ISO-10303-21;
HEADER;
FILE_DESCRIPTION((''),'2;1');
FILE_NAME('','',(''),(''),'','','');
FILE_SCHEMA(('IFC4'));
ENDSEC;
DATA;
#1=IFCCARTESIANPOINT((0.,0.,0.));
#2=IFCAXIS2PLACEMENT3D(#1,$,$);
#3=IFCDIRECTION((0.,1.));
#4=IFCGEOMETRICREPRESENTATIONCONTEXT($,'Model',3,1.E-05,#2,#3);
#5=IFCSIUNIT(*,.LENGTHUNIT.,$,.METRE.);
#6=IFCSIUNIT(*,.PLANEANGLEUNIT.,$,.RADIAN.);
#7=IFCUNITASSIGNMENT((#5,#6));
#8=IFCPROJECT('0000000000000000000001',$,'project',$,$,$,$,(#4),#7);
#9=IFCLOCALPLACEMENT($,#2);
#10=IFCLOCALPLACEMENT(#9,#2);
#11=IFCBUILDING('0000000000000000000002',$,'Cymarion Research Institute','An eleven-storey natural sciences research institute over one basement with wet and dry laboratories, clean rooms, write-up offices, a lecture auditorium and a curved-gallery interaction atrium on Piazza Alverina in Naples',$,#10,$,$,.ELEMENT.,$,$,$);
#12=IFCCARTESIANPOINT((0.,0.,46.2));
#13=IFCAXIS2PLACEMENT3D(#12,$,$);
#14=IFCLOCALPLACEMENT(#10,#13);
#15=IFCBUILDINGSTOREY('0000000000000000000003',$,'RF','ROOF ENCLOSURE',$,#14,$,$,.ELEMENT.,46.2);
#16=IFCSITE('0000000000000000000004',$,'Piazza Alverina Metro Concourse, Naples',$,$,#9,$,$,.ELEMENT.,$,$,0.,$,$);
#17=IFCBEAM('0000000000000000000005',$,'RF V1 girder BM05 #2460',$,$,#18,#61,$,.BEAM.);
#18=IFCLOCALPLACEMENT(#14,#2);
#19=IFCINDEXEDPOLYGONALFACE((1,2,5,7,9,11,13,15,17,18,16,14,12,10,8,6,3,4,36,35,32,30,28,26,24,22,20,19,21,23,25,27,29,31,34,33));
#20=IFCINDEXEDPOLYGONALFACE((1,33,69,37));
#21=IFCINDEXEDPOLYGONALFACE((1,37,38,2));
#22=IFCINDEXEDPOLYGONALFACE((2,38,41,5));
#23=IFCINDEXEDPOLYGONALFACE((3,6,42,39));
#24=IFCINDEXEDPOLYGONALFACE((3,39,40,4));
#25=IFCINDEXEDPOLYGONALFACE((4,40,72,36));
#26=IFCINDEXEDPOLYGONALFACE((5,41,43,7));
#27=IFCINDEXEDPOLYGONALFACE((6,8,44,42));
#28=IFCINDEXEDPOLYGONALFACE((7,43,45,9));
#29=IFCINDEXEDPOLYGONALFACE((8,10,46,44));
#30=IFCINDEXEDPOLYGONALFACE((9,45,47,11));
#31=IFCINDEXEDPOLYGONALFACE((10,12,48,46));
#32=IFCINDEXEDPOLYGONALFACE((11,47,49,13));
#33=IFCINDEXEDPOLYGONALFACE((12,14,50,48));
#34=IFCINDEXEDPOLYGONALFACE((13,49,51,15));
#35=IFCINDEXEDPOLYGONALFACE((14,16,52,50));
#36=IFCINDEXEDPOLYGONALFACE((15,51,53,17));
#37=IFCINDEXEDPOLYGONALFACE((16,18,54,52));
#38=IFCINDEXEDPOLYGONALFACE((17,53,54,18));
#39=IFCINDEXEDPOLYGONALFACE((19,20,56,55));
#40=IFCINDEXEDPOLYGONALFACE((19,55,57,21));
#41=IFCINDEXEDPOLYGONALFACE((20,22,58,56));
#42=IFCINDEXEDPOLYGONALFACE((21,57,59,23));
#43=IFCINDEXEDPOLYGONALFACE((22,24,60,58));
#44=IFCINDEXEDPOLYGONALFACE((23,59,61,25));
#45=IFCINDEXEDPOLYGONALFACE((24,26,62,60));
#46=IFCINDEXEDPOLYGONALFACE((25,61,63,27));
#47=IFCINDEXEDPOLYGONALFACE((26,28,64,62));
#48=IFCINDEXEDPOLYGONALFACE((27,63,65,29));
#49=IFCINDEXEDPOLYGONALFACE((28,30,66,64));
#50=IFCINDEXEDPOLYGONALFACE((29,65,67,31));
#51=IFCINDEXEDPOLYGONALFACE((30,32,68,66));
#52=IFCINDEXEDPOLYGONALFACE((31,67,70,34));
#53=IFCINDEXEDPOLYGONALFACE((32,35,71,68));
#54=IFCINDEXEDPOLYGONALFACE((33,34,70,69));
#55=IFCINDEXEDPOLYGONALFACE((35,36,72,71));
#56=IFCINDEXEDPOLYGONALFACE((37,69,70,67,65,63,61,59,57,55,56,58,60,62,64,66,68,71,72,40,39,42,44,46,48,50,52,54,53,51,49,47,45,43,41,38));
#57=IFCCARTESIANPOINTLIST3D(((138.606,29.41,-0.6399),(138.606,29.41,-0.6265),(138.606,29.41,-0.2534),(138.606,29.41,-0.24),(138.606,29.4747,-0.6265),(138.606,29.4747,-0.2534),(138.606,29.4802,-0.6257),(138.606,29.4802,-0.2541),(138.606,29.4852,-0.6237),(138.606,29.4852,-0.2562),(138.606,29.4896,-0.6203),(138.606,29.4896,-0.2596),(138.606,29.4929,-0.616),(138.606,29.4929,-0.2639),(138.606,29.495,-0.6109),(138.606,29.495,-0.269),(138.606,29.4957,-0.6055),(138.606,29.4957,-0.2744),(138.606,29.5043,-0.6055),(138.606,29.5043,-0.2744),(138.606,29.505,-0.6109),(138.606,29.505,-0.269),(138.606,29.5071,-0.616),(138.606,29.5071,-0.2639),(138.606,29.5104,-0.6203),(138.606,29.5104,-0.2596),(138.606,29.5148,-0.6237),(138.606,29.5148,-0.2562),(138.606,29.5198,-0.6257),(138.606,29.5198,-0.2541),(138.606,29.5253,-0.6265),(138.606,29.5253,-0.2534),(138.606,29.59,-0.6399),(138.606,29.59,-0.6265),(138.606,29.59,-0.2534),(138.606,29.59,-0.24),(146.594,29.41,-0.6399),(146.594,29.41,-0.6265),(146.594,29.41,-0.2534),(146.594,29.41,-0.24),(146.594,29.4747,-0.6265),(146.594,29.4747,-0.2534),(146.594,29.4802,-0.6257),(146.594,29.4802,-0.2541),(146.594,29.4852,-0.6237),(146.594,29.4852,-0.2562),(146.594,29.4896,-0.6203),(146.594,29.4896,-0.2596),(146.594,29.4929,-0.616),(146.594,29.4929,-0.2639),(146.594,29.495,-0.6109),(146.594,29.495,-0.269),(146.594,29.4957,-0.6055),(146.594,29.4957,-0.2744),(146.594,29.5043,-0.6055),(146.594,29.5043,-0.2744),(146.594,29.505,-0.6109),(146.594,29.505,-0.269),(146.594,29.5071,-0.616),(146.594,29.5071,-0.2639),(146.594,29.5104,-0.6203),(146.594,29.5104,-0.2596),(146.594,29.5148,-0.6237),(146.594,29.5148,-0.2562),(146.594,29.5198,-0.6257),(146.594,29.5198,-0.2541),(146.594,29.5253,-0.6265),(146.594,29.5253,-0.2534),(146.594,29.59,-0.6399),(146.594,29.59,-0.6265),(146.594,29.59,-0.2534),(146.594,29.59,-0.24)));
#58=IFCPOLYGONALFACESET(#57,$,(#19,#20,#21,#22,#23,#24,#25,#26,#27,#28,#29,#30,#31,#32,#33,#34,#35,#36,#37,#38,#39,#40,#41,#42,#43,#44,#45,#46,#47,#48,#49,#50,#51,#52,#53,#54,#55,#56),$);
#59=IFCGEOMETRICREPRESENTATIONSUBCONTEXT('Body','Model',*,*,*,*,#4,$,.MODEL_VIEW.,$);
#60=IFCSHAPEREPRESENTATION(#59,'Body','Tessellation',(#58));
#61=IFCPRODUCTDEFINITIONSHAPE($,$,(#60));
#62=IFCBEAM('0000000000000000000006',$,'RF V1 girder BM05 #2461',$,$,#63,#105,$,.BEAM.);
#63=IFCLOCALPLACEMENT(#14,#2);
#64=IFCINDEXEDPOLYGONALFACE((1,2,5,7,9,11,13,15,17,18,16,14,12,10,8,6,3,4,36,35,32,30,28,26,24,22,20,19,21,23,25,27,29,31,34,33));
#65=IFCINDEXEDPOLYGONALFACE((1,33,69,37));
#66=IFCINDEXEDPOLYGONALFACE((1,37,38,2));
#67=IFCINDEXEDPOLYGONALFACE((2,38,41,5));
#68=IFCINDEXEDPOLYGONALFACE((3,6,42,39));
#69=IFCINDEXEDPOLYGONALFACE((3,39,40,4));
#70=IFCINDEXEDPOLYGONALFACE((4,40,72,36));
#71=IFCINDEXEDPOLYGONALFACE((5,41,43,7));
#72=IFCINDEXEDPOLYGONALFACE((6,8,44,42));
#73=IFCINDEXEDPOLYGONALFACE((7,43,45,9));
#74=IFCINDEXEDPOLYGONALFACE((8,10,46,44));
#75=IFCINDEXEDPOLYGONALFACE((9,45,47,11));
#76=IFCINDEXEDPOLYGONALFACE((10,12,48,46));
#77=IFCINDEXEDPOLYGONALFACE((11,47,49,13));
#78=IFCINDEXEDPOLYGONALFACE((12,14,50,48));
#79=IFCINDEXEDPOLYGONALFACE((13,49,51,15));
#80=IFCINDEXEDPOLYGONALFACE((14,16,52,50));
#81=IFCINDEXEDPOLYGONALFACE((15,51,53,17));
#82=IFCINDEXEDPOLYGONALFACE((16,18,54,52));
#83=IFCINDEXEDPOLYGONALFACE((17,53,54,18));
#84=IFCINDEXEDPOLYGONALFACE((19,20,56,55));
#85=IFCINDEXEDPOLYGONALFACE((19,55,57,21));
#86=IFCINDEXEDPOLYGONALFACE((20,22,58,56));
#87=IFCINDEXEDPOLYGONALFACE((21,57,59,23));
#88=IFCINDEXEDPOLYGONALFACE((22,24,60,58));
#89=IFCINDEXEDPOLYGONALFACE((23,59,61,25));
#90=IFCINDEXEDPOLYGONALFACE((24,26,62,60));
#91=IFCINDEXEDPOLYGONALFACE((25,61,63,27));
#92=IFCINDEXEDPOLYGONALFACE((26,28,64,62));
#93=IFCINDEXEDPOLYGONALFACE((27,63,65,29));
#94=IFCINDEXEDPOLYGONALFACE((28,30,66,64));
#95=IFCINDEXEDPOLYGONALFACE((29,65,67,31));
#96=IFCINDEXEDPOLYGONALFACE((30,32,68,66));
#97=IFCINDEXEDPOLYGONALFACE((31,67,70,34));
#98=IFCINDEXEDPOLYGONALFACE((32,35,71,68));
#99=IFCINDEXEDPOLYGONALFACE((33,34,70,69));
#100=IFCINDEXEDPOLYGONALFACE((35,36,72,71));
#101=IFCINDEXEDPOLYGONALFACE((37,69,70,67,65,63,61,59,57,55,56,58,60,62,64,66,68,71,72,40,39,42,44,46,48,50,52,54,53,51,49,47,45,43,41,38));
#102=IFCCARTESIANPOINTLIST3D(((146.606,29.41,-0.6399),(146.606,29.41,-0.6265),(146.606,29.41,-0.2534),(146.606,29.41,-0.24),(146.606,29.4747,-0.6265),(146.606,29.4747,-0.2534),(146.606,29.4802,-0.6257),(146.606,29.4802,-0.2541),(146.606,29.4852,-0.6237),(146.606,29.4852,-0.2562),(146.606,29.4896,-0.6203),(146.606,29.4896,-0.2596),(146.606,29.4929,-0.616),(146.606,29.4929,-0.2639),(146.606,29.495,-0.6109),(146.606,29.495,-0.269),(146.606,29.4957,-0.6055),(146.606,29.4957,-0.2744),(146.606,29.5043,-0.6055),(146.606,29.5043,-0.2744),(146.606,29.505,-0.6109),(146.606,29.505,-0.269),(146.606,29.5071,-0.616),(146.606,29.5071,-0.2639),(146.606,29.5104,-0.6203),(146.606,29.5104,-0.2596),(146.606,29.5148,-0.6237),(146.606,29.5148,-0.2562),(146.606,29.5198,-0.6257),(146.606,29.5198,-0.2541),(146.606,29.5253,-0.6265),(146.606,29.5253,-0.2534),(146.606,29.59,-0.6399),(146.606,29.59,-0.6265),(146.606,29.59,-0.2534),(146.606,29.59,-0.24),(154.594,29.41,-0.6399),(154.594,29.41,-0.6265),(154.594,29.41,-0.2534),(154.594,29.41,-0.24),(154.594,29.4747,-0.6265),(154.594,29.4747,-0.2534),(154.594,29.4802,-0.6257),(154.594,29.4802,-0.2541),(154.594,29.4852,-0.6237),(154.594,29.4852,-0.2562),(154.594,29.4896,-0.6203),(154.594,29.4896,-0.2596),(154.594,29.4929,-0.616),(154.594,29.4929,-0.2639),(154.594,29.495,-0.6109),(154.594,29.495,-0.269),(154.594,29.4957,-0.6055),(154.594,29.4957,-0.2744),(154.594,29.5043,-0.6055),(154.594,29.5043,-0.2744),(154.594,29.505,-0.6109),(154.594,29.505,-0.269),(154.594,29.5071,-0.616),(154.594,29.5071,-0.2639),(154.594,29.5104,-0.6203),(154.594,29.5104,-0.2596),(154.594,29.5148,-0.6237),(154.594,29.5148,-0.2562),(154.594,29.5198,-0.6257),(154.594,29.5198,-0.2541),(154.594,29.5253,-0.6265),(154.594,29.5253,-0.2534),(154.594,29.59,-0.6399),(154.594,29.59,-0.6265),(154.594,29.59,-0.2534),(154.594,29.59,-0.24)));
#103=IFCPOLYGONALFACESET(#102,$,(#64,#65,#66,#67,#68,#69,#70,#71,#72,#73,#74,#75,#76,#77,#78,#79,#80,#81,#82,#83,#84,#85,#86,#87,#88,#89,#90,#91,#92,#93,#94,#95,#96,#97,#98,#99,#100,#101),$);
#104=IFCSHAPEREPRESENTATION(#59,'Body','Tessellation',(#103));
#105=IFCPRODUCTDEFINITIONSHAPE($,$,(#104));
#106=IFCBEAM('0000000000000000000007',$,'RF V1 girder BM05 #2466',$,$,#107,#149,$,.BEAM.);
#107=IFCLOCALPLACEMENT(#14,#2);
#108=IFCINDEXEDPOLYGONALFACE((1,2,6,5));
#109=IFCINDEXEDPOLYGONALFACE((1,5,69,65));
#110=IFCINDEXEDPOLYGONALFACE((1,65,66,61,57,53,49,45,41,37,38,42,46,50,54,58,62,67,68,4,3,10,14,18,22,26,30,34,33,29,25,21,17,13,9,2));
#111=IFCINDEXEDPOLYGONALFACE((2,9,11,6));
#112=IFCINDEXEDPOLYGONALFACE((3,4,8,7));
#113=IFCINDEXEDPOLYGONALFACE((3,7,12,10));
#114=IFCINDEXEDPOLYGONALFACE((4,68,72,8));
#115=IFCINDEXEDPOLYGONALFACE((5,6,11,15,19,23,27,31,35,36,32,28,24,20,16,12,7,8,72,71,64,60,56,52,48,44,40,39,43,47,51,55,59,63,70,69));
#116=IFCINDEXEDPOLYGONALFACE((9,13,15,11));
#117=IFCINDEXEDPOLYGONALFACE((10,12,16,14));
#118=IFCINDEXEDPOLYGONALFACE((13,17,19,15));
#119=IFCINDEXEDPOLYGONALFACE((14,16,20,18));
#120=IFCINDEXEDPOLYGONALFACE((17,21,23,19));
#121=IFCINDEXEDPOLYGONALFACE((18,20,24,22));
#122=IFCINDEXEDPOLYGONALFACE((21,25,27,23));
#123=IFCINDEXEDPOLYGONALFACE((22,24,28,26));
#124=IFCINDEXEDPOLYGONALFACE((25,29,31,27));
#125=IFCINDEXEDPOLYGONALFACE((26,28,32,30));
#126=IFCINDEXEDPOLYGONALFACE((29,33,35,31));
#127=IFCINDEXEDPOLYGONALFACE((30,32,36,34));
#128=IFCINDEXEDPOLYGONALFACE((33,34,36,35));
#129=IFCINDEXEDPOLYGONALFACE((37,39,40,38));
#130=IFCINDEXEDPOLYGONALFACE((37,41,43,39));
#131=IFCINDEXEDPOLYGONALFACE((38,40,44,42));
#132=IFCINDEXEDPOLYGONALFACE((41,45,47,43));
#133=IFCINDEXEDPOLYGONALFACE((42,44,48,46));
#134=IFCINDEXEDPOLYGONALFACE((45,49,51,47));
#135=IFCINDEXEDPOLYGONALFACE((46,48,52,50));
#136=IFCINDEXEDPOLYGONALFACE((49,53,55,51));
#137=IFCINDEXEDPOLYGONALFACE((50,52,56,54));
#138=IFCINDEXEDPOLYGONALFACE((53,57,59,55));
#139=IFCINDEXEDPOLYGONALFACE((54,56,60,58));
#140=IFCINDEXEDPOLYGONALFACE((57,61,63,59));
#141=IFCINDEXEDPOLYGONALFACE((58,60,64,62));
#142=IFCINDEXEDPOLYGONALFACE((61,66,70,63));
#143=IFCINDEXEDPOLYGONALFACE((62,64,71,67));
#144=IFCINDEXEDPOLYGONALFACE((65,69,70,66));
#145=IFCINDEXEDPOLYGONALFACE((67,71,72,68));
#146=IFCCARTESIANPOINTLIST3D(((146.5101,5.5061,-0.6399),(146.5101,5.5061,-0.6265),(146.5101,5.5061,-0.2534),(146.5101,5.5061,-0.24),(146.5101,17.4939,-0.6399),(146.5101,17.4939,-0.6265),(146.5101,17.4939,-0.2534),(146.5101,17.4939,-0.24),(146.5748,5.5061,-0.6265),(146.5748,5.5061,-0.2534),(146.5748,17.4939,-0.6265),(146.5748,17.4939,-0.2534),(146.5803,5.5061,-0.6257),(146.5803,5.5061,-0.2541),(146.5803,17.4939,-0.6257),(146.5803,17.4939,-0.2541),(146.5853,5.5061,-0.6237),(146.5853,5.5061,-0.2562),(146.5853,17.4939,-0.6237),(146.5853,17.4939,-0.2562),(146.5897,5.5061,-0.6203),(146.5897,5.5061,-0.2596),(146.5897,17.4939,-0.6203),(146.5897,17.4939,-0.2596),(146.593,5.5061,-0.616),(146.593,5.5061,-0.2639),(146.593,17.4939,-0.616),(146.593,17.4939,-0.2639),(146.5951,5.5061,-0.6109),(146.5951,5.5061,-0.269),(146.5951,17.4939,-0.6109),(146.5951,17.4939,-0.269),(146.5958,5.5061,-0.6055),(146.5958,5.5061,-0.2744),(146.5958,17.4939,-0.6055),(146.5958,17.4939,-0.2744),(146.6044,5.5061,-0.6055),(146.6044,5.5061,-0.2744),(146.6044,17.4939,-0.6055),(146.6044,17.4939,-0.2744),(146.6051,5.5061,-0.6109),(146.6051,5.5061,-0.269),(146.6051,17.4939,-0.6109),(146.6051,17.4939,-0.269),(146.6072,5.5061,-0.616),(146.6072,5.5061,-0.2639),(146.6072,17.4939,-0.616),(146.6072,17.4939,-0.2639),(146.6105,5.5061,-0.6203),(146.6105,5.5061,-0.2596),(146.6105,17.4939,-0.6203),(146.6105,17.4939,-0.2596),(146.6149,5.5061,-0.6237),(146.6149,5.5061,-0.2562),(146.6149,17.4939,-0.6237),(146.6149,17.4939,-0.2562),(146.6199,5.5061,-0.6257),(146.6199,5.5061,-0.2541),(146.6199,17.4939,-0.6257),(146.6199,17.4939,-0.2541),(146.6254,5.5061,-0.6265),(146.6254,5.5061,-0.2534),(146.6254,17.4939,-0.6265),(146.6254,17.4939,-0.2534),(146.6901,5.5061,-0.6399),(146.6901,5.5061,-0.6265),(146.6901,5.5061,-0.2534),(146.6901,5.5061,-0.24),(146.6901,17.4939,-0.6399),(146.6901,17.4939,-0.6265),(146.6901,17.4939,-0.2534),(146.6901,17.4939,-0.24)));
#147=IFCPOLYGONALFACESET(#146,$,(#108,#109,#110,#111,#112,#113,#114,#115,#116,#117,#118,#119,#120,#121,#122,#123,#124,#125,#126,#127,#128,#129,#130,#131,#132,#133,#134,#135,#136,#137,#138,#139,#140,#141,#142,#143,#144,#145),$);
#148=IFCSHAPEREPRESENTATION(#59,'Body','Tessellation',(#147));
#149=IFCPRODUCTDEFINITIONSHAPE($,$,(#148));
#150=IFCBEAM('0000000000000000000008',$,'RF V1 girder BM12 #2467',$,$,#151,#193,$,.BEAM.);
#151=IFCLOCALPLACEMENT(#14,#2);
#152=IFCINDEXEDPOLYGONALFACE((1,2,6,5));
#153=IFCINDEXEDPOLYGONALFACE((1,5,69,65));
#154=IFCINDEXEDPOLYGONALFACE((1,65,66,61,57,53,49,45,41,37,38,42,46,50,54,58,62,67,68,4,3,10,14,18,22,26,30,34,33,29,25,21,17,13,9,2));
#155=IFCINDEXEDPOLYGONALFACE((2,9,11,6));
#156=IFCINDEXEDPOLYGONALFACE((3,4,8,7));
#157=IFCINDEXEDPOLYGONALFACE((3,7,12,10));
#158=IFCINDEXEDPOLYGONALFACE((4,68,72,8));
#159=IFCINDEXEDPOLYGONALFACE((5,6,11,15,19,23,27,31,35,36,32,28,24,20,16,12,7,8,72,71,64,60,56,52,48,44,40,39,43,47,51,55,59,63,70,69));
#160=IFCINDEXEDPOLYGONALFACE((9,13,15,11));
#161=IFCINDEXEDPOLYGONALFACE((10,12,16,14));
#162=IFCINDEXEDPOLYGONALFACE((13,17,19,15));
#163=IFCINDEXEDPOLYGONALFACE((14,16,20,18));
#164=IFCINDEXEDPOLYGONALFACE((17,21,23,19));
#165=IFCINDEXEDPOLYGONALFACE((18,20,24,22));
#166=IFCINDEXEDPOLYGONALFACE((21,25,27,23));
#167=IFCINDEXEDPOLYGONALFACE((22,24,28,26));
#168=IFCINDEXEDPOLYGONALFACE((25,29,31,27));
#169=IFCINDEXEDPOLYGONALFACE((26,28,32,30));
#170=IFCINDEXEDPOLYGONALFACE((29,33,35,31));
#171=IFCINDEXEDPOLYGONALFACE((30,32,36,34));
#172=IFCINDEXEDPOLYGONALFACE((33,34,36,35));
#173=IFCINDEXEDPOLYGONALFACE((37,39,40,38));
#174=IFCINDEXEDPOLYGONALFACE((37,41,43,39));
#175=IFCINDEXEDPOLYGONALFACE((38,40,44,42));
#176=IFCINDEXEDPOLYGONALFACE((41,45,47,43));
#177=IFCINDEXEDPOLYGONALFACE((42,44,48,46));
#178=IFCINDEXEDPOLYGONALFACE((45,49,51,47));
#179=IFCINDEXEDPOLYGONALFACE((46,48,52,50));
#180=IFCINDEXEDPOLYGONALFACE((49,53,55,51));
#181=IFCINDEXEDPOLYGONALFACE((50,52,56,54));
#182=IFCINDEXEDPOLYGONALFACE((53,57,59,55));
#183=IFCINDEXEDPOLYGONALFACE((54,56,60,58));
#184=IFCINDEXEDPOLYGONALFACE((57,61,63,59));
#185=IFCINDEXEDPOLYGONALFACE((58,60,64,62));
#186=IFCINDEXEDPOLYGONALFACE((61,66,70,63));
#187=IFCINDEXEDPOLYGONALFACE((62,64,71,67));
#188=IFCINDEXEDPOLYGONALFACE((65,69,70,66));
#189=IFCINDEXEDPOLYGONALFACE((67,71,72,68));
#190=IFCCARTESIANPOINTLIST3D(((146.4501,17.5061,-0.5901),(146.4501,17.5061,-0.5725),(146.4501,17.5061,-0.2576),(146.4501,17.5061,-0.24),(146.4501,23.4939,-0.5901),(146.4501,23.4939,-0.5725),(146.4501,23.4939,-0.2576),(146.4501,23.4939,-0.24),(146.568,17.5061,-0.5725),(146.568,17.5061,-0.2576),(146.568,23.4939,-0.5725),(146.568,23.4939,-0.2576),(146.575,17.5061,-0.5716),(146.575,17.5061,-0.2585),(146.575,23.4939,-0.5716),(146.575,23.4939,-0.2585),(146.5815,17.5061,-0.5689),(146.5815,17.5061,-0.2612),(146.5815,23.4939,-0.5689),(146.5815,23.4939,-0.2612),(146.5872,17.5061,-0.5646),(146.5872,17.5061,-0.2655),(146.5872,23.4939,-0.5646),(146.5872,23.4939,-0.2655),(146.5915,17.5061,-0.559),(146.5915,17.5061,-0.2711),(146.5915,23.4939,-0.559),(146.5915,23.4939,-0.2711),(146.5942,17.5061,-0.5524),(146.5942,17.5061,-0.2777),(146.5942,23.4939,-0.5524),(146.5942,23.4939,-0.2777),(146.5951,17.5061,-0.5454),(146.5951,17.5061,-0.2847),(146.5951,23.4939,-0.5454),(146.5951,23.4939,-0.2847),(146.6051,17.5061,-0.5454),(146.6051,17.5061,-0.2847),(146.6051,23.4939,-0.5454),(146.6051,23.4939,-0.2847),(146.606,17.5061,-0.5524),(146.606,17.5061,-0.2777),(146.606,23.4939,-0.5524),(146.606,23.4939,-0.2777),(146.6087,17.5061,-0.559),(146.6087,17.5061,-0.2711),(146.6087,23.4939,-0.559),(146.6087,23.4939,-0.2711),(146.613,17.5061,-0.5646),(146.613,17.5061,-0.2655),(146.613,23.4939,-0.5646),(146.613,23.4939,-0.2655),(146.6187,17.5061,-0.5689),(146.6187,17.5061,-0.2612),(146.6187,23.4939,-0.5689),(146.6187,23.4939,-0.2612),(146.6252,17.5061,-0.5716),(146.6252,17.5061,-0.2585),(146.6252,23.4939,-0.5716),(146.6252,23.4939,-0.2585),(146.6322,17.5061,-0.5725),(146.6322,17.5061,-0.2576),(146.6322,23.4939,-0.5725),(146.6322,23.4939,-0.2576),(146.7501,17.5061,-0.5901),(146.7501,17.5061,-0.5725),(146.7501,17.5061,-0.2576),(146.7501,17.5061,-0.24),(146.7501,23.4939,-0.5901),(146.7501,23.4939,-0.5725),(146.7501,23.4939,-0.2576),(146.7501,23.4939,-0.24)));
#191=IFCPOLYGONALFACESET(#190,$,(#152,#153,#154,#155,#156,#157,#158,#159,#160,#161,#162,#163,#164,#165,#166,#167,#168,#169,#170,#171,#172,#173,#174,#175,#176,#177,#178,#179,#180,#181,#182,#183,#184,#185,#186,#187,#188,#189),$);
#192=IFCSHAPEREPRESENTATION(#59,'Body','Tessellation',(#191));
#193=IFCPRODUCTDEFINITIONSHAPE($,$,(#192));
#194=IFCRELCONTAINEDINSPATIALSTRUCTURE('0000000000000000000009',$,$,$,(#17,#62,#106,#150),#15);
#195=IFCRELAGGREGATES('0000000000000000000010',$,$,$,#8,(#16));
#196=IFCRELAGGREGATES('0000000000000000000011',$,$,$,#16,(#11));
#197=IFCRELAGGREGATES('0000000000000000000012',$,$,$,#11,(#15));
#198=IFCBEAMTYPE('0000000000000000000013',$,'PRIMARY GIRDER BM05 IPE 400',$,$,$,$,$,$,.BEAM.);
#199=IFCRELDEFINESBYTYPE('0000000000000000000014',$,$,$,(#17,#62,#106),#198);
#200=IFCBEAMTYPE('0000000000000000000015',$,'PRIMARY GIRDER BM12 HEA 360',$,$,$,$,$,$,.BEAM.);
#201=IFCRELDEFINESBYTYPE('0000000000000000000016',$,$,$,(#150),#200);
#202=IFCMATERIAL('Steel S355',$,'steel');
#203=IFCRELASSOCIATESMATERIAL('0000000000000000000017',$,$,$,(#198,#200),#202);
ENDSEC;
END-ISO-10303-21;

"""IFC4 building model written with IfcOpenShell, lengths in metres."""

from ifc_helpers import new_model, si_unit, direction, frame, origin, origin_2d, place, context, subcontext, project, spatial, i_section, extrude, material, material_profile, profile_set, type_object, element, save


model = new_model("IFC4")

# Units and contexts
model_context = context("Model", 3, precision=1e-05, world=origin(), true_north=direction((0.0, 1.0)))
body_context = subcontext(model_context, "Body", "Model", "MODEL_VIEW")
ifc_project = project(units=[si_unit("LENGTHUNIT", "METRE"), si_unit("PLANEANGLEUNIT", "RADIAN")], contexts=[model_context])

# Site, building, storey
site_placement = place(None, origin())
site = spatial("IfcSite", under=ifc_project, at=site_placement, Name="Piazza Alverina Metro Concourse, Naples", CompositionType="ELEMENT", RefElevation=0.0)
building_placement = place(site_placement, origin())
building = spatial("IfcBuilding", under=site, at=building_placement, Name="Cymarion Research Institute", Description="An eleven-storey natural sciences research institute over one basement with wet and dry laboratories, clean rooms, write-up offices, a lecture auditorium and a curved-gallery interaction atrium on Piazza Alverina in Naples", CompositionType="ELEMENT")
storey_placement = place(building_placement, frame((0.0, 0.0, 46.2)))
storey = spatial("IfcBuildingStorey", under=building, at=storey_placement, Name="RF", Description="ROOF ENCLOSURE", CompositionType="ELEMENT", Elevation=46.2)

# Beams
ifc_material_1 = material(Name="Steel S355", Category="steel")
ifc_material_profile_1 = material_profile(ifc_material_1, i_section(OverallWidth=0.1799, OverallDepth=0.3999, WebThickness=0.0085, FlangeThickness=0.0134, FilletRadius=0.021, at=origin_2d()), Name="IPE 400")
ifc_profile_set_1 = profile_set([ifc_material_profile_1], Name="Steel S355")
beam_type_1 = type_object("IfcBeamType", Name="PRIMARY GIRDER BM05 IPE 400", PredefinedType="BEAM", material=ifc_profile_set_1)
for number, where, z_axis, x_axis, name in (
    (1, (138.606, 29.5, -0.4399), (1.0, 0.0, 0.0), (0.0, 1.0, 0.0), "RF V1 girder BM05 #2460"),
    (2, (146.606, 29.5, -0.4399), (1.0, 0.0, 0.0), (0.0, 1.0, 0.0), "RF V1 girder BM05 #2461"),
):
    element("IfcBeam", number, at=place(storey_placement, frame(where, z_axis=z_axis, x_axis=x_axis)), inside=storey, type_object=beam_type_1, Name=name, PredefinedType="BEAM", context=body_context, shape_type="SweptSolid", body=[
        extrude(i_section(OverallWidth=0.1799, OverallDepth=0.3999, WebThickness=0.0085, FlangeThickness=0.0134, FilletRadius=0.021, at=origin_2d()), origin(), (0.0, 0.0, 1.0), 7.988),
    ])
beam_placement = place(storey_placement, frame((146.6001, 5.5061, -0.4399), z_axis=(0.0, 1.0, 0.0), x_axis=(-1.0, 0.0, 0.0)))
element("IfcBeam", 3, at=beam_placement, inside=storey, type_object=beam_type_1, Name="RF V1 girder BM05 #2466", PredefinedType="BEAM", context=body_context, shape_type="SweptSolid", body=[
    extrude(i_section(OverallWidth=0.1799, OverallDepth=0.3999, WebThickness=0.0085, FlangeThickness=0.0134, FilletRadius=0.021, at=origin_2d()), origin(), (0.0, 0.0, 1.0), 11.9878),
])
ifc_material_profile_2 = material_profile(ifc_material_1, i_section(OverallWidth=0.3, OverallDepth=0.3501, WebThickness=0.01, FlangeThickness=0.0176, FilletRadius=0.0271, at=origin_2d()), Name="HEA 360")
ifc_profile_set_2 = profile_set([ifc_material_profile_2], Name="Steel S355")
beam_type_2 = type_object("IfcBeamType", Name="PRIMARY GIRDER BM12 HEA 360", PredefinedType="BEAM", material=ifc_profile_set_2)
for number, where, z_axis, x_axis, name in (
    (4, (146.6001, 17.5061, -0.415), (0.0, 1.0, 0.0), (-1.0, 0.0, 0.0), "RF V1 girder BM12 #2467"),
):
    element("IfcBeam", number, at=place(storey_placement, frame(where, z_axis=z_axis, x_axis=x_axis)), inside=storey, type_object=beam_type_2, Name=name, PredefinedType="BEAM", context=body_context, shape_type="SweptSolid", body=[
        extrude(i_section(OverallWidth=0.3, OverallDepth=0.3501, WebThickness=0.01, FlangeThickness=0.0176, FilletRadius=0.0271, at=origin_2d()), origin(), (0.0, 0.0, 1.0), 5.9878),
    ])

save(model, "model.ifc")
